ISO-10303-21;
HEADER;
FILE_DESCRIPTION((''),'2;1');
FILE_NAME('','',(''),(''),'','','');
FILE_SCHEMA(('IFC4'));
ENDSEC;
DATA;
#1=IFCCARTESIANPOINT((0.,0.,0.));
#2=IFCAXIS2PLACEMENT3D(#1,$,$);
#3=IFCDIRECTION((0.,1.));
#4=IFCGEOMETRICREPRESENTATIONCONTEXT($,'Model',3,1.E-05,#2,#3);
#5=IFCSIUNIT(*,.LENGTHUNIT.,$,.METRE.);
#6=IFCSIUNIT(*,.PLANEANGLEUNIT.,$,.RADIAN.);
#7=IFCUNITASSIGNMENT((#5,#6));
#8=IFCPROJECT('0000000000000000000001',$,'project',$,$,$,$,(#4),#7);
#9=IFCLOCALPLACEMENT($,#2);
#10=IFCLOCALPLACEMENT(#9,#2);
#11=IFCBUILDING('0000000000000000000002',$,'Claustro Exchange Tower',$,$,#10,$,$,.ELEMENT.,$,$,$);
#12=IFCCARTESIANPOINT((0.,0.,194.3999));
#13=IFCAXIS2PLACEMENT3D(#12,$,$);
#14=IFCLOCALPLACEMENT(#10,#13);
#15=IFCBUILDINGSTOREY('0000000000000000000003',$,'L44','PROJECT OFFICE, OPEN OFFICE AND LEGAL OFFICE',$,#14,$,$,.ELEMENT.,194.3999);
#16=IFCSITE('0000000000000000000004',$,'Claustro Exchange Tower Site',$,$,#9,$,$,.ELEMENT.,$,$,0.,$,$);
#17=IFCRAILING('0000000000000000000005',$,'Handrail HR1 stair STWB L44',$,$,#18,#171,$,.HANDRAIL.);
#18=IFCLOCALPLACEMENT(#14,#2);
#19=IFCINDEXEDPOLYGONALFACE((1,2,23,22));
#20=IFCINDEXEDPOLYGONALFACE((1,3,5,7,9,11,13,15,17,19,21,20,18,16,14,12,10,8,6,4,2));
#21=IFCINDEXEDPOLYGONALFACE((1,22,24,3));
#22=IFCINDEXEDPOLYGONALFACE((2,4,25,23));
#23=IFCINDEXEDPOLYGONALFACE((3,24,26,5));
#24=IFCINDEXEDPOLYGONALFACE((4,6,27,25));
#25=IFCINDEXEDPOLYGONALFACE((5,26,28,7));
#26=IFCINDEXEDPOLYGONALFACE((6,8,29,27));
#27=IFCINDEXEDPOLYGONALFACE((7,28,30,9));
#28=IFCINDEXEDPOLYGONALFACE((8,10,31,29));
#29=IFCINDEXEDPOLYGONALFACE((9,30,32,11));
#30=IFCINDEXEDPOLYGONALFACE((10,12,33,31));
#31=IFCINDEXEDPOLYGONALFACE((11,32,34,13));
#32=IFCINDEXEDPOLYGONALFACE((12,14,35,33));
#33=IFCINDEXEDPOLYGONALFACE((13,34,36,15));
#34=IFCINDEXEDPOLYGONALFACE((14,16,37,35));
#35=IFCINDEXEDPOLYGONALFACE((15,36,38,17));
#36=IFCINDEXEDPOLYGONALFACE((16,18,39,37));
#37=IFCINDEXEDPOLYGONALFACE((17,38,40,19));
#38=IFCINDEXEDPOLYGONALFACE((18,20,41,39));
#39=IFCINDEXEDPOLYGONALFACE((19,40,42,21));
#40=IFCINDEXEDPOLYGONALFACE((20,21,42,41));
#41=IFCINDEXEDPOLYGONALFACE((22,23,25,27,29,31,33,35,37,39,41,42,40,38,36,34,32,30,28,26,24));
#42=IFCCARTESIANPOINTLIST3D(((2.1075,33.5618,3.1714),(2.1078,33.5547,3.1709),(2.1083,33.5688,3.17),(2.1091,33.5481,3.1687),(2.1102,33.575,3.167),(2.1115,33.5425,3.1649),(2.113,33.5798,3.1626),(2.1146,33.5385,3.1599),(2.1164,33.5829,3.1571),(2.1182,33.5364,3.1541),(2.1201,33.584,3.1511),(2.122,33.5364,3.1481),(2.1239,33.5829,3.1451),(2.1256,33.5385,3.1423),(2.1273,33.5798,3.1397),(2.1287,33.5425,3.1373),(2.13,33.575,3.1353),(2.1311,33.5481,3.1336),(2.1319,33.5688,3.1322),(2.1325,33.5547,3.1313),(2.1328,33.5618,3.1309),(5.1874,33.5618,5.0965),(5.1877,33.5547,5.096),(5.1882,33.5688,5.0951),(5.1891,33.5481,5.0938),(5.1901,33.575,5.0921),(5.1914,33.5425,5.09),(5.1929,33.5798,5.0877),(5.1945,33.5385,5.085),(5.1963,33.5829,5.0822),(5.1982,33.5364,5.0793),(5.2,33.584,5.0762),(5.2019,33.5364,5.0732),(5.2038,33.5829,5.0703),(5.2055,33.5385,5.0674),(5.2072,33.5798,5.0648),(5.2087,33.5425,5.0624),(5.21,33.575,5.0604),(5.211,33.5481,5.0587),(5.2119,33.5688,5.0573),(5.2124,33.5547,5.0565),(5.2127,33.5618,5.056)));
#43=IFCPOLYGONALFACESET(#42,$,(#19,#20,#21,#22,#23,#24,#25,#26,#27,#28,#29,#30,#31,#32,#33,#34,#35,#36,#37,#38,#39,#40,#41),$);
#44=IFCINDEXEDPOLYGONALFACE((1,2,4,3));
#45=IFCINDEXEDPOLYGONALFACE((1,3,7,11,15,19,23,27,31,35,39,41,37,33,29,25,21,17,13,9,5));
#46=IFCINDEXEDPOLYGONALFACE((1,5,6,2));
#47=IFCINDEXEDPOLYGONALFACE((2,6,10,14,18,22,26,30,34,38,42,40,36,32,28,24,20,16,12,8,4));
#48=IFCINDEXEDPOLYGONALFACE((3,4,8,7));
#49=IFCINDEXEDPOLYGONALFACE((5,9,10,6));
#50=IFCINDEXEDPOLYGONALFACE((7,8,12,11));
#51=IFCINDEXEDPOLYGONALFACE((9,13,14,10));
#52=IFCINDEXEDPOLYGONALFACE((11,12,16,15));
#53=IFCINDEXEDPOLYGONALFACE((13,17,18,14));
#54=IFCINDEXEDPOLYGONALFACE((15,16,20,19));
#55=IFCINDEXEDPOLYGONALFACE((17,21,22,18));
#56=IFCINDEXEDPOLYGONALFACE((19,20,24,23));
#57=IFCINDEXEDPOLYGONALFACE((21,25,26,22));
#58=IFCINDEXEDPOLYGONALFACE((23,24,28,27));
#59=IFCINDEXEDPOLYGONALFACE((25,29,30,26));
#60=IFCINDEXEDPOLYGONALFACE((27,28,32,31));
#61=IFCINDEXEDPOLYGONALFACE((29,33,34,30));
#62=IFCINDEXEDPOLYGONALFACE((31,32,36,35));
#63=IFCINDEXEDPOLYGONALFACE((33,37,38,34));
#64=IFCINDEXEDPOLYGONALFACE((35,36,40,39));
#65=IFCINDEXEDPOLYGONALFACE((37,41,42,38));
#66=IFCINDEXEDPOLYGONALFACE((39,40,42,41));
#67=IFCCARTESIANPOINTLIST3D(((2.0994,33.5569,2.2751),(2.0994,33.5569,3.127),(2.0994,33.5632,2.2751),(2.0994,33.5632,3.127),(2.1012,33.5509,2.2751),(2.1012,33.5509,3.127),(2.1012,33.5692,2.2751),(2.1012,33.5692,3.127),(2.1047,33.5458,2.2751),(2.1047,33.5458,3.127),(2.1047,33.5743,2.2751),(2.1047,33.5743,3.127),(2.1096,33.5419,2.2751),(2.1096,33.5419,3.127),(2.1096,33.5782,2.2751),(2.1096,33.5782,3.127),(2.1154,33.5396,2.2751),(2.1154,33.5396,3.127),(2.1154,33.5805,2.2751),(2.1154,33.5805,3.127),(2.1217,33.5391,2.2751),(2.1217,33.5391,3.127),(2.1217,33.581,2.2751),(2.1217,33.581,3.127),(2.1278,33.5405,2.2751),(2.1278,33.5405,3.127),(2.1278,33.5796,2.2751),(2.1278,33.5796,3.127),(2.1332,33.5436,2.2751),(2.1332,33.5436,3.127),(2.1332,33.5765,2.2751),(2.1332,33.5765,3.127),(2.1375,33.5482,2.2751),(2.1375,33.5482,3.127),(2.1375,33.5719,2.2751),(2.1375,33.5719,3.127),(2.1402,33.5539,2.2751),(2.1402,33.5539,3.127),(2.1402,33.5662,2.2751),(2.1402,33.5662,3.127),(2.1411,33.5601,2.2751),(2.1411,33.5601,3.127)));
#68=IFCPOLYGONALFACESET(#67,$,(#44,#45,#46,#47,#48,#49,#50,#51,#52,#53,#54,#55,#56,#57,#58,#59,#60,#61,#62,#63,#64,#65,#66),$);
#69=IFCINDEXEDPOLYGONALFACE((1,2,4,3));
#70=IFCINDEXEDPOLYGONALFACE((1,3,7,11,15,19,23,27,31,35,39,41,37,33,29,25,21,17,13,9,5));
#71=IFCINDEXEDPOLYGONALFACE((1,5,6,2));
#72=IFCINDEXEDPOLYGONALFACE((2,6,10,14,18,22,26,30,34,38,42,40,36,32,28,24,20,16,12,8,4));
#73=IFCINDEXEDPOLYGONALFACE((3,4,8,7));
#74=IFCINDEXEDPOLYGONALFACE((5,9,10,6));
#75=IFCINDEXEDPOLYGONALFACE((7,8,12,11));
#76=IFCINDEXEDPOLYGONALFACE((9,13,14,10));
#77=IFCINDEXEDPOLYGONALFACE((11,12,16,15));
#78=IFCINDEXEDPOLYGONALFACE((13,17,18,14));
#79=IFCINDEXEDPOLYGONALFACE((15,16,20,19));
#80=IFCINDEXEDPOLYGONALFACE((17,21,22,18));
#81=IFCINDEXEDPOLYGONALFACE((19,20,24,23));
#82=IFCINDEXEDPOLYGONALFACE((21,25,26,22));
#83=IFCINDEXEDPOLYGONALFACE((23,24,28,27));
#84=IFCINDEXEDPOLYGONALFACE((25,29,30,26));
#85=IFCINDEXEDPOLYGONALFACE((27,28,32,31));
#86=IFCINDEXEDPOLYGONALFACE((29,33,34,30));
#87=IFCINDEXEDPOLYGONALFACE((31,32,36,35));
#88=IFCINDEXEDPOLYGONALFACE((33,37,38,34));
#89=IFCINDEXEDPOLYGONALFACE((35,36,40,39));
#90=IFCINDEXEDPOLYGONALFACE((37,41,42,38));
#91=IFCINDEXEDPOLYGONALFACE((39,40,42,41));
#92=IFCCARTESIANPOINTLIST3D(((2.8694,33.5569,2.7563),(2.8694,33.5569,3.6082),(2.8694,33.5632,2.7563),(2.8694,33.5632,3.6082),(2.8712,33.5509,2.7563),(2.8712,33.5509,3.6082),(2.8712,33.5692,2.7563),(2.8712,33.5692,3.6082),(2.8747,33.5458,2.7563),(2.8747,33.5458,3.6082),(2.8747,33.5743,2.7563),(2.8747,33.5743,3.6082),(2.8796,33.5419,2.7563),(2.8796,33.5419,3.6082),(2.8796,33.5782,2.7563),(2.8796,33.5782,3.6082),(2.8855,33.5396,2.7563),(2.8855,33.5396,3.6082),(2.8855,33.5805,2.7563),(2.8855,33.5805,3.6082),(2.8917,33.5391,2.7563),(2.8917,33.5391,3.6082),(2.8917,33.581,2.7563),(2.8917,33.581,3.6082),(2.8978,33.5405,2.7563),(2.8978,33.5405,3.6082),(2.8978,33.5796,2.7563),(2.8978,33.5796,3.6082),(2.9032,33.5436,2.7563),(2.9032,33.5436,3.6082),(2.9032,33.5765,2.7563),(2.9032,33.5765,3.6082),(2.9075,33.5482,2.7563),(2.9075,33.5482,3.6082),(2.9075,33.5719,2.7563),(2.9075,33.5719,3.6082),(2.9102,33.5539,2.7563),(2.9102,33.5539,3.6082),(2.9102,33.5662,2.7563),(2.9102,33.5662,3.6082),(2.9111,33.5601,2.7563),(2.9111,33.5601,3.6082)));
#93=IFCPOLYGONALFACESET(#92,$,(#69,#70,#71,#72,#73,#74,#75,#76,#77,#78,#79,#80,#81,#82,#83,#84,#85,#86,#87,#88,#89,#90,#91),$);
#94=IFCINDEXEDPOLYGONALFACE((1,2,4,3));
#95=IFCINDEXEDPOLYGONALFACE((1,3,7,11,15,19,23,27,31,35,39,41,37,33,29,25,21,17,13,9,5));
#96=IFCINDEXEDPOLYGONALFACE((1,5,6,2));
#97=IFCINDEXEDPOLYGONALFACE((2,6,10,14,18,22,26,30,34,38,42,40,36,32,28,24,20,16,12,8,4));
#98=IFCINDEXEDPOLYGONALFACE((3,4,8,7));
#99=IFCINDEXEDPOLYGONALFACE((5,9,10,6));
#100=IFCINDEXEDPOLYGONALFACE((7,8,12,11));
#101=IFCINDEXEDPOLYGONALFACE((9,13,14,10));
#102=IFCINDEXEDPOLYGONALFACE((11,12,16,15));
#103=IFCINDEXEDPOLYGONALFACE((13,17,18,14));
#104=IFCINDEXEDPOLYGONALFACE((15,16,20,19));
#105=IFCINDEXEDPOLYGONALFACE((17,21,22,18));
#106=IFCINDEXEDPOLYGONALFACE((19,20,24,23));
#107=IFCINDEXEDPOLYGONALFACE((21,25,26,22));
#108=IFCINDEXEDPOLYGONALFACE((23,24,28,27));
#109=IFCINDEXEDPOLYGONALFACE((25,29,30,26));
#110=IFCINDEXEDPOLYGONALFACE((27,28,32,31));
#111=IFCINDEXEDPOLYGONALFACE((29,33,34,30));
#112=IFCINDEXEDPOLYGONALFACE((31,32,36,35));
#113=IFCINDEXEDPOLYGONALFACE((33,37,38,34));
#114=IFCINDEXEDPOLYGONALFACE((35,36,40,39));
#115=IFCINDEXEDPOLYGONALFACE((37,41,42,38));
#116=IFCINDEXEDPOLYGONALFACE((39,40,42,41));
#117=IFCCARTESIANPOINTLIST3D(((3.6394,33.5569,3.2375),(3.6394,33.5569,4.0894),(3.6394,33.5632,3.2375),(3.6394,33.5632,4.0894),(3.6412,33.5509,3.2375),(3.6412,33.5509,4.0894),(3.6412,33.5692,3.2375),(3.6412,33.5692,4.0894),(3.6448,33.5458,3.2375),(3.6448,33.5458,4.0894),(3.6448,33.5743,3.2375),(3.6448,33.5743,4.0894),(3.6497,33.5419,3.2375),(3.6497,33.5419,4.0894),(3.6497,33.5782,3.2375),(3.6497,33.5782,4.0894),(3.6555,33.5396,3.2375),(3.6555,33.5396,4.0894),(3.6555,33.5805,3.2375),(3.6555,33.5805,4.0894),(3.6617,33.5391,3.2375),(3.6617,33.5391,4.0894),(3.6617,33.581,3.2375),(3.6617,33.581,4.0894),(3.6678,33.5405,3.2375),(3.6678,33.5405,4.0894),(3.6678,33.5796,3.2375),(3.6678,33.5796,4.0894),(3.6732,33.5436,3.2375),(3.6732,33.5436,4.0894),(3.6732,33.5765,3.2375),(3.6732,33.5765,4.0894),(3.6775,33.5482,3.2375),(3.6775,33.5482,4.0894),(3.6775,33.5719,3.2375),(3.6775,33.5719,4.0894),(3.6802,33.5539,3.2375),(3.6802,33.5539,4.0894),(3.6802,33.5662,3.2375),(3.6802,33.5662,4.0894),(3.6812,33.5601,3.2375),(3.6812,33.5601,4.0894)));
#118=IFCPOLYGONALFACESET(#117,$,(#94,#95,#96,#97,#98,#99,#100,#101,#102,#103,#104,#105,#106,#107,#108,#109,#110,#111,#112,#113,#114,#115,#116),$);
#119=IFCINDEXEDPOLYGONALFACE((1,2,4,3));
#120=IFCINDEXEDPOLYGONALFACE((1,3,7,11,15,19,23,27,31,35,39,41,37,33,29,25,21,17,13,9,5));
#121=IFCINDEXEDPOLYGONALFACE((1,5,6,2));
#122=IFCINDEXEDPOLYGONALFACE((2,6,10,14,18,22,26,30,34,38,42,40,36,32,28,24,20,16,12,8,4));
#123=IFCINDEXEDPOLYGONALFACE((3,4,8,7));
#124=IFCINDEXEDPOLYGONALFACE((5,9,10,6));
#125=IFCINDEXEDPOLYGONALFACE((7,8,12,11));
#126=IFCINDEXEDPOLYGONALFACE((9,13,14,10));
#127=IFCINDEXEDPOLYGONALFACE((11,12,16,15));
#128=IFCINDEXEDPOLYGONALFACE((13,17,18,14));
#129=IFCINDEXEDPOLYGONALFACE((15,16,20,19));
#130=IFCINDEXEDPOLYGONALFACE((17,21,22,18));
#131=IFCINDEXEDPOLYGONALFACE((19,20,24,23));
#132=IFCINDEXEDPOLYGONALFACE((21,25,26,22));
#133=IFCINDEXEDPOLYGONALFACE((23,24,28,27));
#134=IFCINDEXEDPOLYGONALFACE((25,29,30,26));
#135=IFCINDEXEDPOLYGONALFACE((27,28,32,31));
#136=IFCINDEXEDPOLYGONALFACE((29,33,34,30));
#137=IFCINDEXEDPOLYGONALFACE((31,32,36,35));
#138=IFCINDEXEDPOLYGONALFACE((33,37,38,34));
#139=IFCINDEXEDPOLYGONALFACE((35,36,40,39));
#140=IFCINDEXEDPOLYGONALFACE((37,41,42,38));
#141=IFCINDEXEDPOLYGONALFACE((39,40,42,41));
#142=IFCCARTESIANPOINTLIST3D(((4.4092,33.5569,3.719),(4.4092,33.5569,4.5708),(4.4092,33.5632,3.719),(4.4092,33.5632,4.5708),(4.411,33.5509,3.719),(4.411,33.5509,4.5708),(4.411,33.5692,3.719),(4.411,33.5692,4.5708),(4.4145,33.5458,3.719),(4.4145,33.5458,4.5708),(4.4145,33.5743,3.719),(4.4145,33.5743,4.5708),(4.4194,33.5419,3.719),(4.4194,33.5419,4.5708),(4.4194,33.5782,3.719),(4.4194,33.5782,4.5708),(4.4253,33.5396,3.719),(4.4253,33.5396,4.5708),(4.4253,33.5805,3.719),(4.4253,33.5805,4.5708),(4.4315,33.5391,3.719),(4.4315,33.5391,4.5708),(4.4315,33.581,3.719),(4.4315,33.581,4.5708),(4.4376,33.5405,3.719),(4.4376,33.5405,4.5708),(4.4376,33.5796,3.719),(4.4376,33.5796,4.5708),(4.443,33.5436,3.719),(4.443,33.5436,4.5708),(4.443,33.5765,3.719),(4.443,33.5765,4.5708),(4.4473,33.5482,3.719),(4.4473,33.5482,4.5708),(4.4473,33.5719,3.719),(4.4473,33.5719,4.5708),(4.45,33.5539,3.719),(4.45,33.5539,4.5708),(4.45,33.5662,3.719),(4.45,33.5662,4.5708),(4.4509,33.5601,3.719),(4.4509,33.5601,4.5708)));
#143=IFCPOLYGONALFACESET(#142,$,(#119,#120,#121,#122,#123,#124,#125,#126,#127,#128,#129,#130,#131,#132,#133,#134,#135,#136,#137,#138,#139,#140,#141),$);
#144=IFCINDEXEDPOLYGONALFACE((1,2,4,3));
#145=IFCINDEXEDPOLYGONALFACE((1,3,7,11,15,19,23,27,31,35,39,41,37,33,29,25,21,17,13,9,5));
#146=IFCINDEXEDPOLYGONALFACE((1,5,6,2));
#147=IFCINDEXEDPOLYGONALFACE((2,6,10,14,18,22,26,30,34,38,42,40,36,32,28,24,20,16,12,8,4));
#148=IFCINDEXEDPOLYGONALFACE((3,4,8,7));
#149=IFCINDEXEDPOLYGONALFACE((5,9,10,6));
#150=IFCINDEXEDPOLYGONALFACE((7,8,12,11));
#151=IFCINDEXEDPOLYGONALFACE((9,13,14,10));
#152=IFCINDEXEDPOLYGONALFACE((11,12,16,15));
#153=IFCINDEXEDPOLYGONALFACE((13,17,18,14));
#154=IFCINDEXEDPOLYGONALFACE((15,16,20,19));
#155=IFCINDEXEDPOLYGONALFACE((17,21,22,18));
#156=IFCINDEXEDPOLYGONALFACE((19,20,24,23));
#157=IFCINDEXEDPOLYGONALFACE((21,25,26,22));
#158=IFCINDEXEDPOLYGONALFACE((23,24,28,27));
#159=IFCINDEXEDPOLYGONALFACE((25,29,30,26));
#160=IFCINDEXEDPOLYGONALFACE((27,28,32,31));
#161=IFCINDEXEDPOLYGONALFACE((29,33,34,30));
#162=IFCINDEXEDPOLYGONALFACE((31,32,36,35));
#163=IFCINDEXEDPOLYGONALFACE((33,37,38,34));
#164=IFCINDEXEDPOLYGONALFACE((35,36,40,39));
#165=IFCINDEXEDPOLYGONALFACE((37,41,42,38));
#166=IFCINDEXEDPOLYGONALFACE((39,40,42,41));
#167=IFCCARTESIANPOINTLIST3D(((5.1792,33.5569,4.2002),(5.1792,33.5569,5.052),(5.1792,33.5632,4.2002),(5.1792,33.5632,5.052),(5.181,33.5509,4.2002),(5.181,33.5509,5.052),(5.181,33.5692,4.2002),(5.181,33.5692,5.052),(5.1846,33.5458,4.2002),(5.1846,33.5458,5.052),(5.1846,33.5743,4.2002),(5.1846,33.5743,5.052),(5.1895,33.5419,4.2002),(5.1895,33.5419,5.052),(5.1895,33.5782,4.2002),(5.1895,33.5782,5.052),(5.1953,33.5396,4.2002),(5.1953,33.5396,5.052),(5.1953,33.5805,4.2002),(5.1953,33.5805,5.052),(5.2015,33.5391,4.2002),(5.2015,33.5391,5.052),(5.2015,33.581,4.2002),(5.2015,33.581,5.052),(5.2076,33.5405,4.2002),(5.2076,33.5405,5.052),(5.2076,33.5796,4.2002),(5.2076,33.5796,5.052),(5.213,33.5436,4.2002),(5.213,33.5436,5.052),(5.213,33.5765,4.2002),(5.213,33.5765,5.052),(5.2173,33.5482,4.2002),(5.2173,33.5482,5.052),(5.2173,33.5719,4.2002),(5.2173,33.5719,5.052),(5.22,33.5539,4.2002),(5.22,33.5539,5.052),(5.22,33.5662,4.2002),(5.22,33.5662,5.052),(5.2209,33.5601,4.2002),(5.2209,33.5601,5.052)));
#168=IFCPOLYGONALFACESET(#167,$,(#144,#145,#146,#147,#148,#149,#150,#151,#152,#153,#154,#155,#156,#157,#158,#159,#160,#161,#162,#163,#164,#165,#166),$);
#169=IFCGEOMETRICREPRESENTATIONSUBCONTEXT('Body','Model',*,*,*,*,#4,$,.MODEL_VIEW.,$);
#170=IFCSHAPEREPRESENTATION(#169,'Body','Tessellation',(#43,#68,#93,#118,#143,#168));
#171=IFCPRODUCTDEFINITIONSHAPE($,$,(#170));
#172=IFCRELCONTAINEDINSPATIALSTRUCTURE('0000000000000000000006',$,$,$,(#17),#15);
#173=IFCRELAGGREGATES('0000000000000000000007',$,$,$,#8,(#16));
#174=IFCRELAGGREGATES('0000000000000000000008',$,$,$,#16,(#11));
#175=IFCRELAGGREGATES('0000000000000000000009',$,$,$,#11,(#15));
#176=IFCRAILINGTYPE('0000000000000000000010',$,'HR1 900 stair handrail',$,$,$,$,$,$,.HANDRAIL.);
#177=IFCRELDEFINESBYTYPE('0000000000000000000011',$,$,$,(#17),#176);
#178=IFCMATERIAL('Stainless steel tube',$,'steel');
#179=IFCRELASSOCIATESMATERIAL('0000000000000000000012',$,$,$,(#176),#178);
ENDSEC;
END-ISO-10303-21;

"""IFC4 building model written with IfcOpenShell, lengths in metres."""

from ifc_helpers import new_model, si_unit, direction, frame, origin, origin_2d, place, context, subcontext, project, spatial, circle, extrude, material, type_object, element, save


model = new_model("IFC4")

# Units and contexts
model_context = context("Model", 3, precision=1e-05, world=origin(), true_north=direction((0.0, 1.0)))
body_context = subcontext(model_context, "Body", "Model", "MODEL_VIEW")
ifc_project = project(units=[si_unit("LENGTHUNIT", "METRE"), si_unit("PLANEANGLEUNIT", "RADIAN")], contexts=[model_context])

# Site, building, storey
site_placement = place(None, origin())
site = spatial("IfcSite", under=ifc_project, at=site_placement, Name="Claustro Exchange Tower Site", CompositionType="ELEMENT", RefElevation=0.0)
building_placement = place(site_placement, origin())
building = spatial("IfcBuilding", under=site, at=building_placement, Name="Claustro Exchange Tower", CompositionType="ELEMENT")
storey_placement = place(building_placement, frame((0.0, 0.0, 194.3999)))
storey = spatial("IfcBuildingStorey", under=building, at=storey_placement, Name="L44", Description="PROJECT OFFICE, OPEN OFFICE AND LEGAL OFFICE", CompositionType="ELEMENT", Elevation=194.3999)

# Railing
ifc_material_1 = material(Name="Stainless steel tube", Category="steel")
railing_type_1 = type_object("IfcRailingType", Name="HR1 900 stair handrail", PredefinedType="HANDRAIL", material=ifc_material_1)
railing_1_placement = place(storey_placement, frame((2.1201, 33.5601, 2.2751)))
element("IfcRailing", 1, at=railing_1_placement, inside=storey, type_object=railing_type_1, Name="Handrail HR1 stair STWB L44", PredefinedType="HANDRAIL", context=body_context, shape_type="SweptSolid", body=[
    extrude(circle(Radius=0.0239, at=origin_2d()), frame((0.0, 0.0, 0.876), z_axis=(0.847979, 0.0, 0.530029), x_axis=(0.0, 1.0, 0.0)), (0.0, 0.0, 1.0), 3.6321),
    extrude(circle(Radius=0.021, at=origin_2d()), origin(), (0.0, 0.0, 1.0), 0.8518),
    extrude(circle(Radius=0.021, at=origin_2d()), frame((0.77, 0.0, 0.4812)), (0.0, 0.0, 1.0), 0.8518),
    extrude(circle(Radius=0.021, at=origin_2d()), frame((1.54, 0.0, 0.9624)), (0.0, 0.0, 1.0), 0.8518),
    extrude(circle(Radius=0.021, at=origin_2d()), frame((2.3098, 0.0, 1.4438)), (0.0, 0.0, 1.0), 0.8518),
    extrude(circle(Radius=0.021, at=origin_2d()), frame((3.0798, 0.0, 1.925)), (0.0, 0.0, 1.0), 0.8518),
])

save(model, "model.ifc")
